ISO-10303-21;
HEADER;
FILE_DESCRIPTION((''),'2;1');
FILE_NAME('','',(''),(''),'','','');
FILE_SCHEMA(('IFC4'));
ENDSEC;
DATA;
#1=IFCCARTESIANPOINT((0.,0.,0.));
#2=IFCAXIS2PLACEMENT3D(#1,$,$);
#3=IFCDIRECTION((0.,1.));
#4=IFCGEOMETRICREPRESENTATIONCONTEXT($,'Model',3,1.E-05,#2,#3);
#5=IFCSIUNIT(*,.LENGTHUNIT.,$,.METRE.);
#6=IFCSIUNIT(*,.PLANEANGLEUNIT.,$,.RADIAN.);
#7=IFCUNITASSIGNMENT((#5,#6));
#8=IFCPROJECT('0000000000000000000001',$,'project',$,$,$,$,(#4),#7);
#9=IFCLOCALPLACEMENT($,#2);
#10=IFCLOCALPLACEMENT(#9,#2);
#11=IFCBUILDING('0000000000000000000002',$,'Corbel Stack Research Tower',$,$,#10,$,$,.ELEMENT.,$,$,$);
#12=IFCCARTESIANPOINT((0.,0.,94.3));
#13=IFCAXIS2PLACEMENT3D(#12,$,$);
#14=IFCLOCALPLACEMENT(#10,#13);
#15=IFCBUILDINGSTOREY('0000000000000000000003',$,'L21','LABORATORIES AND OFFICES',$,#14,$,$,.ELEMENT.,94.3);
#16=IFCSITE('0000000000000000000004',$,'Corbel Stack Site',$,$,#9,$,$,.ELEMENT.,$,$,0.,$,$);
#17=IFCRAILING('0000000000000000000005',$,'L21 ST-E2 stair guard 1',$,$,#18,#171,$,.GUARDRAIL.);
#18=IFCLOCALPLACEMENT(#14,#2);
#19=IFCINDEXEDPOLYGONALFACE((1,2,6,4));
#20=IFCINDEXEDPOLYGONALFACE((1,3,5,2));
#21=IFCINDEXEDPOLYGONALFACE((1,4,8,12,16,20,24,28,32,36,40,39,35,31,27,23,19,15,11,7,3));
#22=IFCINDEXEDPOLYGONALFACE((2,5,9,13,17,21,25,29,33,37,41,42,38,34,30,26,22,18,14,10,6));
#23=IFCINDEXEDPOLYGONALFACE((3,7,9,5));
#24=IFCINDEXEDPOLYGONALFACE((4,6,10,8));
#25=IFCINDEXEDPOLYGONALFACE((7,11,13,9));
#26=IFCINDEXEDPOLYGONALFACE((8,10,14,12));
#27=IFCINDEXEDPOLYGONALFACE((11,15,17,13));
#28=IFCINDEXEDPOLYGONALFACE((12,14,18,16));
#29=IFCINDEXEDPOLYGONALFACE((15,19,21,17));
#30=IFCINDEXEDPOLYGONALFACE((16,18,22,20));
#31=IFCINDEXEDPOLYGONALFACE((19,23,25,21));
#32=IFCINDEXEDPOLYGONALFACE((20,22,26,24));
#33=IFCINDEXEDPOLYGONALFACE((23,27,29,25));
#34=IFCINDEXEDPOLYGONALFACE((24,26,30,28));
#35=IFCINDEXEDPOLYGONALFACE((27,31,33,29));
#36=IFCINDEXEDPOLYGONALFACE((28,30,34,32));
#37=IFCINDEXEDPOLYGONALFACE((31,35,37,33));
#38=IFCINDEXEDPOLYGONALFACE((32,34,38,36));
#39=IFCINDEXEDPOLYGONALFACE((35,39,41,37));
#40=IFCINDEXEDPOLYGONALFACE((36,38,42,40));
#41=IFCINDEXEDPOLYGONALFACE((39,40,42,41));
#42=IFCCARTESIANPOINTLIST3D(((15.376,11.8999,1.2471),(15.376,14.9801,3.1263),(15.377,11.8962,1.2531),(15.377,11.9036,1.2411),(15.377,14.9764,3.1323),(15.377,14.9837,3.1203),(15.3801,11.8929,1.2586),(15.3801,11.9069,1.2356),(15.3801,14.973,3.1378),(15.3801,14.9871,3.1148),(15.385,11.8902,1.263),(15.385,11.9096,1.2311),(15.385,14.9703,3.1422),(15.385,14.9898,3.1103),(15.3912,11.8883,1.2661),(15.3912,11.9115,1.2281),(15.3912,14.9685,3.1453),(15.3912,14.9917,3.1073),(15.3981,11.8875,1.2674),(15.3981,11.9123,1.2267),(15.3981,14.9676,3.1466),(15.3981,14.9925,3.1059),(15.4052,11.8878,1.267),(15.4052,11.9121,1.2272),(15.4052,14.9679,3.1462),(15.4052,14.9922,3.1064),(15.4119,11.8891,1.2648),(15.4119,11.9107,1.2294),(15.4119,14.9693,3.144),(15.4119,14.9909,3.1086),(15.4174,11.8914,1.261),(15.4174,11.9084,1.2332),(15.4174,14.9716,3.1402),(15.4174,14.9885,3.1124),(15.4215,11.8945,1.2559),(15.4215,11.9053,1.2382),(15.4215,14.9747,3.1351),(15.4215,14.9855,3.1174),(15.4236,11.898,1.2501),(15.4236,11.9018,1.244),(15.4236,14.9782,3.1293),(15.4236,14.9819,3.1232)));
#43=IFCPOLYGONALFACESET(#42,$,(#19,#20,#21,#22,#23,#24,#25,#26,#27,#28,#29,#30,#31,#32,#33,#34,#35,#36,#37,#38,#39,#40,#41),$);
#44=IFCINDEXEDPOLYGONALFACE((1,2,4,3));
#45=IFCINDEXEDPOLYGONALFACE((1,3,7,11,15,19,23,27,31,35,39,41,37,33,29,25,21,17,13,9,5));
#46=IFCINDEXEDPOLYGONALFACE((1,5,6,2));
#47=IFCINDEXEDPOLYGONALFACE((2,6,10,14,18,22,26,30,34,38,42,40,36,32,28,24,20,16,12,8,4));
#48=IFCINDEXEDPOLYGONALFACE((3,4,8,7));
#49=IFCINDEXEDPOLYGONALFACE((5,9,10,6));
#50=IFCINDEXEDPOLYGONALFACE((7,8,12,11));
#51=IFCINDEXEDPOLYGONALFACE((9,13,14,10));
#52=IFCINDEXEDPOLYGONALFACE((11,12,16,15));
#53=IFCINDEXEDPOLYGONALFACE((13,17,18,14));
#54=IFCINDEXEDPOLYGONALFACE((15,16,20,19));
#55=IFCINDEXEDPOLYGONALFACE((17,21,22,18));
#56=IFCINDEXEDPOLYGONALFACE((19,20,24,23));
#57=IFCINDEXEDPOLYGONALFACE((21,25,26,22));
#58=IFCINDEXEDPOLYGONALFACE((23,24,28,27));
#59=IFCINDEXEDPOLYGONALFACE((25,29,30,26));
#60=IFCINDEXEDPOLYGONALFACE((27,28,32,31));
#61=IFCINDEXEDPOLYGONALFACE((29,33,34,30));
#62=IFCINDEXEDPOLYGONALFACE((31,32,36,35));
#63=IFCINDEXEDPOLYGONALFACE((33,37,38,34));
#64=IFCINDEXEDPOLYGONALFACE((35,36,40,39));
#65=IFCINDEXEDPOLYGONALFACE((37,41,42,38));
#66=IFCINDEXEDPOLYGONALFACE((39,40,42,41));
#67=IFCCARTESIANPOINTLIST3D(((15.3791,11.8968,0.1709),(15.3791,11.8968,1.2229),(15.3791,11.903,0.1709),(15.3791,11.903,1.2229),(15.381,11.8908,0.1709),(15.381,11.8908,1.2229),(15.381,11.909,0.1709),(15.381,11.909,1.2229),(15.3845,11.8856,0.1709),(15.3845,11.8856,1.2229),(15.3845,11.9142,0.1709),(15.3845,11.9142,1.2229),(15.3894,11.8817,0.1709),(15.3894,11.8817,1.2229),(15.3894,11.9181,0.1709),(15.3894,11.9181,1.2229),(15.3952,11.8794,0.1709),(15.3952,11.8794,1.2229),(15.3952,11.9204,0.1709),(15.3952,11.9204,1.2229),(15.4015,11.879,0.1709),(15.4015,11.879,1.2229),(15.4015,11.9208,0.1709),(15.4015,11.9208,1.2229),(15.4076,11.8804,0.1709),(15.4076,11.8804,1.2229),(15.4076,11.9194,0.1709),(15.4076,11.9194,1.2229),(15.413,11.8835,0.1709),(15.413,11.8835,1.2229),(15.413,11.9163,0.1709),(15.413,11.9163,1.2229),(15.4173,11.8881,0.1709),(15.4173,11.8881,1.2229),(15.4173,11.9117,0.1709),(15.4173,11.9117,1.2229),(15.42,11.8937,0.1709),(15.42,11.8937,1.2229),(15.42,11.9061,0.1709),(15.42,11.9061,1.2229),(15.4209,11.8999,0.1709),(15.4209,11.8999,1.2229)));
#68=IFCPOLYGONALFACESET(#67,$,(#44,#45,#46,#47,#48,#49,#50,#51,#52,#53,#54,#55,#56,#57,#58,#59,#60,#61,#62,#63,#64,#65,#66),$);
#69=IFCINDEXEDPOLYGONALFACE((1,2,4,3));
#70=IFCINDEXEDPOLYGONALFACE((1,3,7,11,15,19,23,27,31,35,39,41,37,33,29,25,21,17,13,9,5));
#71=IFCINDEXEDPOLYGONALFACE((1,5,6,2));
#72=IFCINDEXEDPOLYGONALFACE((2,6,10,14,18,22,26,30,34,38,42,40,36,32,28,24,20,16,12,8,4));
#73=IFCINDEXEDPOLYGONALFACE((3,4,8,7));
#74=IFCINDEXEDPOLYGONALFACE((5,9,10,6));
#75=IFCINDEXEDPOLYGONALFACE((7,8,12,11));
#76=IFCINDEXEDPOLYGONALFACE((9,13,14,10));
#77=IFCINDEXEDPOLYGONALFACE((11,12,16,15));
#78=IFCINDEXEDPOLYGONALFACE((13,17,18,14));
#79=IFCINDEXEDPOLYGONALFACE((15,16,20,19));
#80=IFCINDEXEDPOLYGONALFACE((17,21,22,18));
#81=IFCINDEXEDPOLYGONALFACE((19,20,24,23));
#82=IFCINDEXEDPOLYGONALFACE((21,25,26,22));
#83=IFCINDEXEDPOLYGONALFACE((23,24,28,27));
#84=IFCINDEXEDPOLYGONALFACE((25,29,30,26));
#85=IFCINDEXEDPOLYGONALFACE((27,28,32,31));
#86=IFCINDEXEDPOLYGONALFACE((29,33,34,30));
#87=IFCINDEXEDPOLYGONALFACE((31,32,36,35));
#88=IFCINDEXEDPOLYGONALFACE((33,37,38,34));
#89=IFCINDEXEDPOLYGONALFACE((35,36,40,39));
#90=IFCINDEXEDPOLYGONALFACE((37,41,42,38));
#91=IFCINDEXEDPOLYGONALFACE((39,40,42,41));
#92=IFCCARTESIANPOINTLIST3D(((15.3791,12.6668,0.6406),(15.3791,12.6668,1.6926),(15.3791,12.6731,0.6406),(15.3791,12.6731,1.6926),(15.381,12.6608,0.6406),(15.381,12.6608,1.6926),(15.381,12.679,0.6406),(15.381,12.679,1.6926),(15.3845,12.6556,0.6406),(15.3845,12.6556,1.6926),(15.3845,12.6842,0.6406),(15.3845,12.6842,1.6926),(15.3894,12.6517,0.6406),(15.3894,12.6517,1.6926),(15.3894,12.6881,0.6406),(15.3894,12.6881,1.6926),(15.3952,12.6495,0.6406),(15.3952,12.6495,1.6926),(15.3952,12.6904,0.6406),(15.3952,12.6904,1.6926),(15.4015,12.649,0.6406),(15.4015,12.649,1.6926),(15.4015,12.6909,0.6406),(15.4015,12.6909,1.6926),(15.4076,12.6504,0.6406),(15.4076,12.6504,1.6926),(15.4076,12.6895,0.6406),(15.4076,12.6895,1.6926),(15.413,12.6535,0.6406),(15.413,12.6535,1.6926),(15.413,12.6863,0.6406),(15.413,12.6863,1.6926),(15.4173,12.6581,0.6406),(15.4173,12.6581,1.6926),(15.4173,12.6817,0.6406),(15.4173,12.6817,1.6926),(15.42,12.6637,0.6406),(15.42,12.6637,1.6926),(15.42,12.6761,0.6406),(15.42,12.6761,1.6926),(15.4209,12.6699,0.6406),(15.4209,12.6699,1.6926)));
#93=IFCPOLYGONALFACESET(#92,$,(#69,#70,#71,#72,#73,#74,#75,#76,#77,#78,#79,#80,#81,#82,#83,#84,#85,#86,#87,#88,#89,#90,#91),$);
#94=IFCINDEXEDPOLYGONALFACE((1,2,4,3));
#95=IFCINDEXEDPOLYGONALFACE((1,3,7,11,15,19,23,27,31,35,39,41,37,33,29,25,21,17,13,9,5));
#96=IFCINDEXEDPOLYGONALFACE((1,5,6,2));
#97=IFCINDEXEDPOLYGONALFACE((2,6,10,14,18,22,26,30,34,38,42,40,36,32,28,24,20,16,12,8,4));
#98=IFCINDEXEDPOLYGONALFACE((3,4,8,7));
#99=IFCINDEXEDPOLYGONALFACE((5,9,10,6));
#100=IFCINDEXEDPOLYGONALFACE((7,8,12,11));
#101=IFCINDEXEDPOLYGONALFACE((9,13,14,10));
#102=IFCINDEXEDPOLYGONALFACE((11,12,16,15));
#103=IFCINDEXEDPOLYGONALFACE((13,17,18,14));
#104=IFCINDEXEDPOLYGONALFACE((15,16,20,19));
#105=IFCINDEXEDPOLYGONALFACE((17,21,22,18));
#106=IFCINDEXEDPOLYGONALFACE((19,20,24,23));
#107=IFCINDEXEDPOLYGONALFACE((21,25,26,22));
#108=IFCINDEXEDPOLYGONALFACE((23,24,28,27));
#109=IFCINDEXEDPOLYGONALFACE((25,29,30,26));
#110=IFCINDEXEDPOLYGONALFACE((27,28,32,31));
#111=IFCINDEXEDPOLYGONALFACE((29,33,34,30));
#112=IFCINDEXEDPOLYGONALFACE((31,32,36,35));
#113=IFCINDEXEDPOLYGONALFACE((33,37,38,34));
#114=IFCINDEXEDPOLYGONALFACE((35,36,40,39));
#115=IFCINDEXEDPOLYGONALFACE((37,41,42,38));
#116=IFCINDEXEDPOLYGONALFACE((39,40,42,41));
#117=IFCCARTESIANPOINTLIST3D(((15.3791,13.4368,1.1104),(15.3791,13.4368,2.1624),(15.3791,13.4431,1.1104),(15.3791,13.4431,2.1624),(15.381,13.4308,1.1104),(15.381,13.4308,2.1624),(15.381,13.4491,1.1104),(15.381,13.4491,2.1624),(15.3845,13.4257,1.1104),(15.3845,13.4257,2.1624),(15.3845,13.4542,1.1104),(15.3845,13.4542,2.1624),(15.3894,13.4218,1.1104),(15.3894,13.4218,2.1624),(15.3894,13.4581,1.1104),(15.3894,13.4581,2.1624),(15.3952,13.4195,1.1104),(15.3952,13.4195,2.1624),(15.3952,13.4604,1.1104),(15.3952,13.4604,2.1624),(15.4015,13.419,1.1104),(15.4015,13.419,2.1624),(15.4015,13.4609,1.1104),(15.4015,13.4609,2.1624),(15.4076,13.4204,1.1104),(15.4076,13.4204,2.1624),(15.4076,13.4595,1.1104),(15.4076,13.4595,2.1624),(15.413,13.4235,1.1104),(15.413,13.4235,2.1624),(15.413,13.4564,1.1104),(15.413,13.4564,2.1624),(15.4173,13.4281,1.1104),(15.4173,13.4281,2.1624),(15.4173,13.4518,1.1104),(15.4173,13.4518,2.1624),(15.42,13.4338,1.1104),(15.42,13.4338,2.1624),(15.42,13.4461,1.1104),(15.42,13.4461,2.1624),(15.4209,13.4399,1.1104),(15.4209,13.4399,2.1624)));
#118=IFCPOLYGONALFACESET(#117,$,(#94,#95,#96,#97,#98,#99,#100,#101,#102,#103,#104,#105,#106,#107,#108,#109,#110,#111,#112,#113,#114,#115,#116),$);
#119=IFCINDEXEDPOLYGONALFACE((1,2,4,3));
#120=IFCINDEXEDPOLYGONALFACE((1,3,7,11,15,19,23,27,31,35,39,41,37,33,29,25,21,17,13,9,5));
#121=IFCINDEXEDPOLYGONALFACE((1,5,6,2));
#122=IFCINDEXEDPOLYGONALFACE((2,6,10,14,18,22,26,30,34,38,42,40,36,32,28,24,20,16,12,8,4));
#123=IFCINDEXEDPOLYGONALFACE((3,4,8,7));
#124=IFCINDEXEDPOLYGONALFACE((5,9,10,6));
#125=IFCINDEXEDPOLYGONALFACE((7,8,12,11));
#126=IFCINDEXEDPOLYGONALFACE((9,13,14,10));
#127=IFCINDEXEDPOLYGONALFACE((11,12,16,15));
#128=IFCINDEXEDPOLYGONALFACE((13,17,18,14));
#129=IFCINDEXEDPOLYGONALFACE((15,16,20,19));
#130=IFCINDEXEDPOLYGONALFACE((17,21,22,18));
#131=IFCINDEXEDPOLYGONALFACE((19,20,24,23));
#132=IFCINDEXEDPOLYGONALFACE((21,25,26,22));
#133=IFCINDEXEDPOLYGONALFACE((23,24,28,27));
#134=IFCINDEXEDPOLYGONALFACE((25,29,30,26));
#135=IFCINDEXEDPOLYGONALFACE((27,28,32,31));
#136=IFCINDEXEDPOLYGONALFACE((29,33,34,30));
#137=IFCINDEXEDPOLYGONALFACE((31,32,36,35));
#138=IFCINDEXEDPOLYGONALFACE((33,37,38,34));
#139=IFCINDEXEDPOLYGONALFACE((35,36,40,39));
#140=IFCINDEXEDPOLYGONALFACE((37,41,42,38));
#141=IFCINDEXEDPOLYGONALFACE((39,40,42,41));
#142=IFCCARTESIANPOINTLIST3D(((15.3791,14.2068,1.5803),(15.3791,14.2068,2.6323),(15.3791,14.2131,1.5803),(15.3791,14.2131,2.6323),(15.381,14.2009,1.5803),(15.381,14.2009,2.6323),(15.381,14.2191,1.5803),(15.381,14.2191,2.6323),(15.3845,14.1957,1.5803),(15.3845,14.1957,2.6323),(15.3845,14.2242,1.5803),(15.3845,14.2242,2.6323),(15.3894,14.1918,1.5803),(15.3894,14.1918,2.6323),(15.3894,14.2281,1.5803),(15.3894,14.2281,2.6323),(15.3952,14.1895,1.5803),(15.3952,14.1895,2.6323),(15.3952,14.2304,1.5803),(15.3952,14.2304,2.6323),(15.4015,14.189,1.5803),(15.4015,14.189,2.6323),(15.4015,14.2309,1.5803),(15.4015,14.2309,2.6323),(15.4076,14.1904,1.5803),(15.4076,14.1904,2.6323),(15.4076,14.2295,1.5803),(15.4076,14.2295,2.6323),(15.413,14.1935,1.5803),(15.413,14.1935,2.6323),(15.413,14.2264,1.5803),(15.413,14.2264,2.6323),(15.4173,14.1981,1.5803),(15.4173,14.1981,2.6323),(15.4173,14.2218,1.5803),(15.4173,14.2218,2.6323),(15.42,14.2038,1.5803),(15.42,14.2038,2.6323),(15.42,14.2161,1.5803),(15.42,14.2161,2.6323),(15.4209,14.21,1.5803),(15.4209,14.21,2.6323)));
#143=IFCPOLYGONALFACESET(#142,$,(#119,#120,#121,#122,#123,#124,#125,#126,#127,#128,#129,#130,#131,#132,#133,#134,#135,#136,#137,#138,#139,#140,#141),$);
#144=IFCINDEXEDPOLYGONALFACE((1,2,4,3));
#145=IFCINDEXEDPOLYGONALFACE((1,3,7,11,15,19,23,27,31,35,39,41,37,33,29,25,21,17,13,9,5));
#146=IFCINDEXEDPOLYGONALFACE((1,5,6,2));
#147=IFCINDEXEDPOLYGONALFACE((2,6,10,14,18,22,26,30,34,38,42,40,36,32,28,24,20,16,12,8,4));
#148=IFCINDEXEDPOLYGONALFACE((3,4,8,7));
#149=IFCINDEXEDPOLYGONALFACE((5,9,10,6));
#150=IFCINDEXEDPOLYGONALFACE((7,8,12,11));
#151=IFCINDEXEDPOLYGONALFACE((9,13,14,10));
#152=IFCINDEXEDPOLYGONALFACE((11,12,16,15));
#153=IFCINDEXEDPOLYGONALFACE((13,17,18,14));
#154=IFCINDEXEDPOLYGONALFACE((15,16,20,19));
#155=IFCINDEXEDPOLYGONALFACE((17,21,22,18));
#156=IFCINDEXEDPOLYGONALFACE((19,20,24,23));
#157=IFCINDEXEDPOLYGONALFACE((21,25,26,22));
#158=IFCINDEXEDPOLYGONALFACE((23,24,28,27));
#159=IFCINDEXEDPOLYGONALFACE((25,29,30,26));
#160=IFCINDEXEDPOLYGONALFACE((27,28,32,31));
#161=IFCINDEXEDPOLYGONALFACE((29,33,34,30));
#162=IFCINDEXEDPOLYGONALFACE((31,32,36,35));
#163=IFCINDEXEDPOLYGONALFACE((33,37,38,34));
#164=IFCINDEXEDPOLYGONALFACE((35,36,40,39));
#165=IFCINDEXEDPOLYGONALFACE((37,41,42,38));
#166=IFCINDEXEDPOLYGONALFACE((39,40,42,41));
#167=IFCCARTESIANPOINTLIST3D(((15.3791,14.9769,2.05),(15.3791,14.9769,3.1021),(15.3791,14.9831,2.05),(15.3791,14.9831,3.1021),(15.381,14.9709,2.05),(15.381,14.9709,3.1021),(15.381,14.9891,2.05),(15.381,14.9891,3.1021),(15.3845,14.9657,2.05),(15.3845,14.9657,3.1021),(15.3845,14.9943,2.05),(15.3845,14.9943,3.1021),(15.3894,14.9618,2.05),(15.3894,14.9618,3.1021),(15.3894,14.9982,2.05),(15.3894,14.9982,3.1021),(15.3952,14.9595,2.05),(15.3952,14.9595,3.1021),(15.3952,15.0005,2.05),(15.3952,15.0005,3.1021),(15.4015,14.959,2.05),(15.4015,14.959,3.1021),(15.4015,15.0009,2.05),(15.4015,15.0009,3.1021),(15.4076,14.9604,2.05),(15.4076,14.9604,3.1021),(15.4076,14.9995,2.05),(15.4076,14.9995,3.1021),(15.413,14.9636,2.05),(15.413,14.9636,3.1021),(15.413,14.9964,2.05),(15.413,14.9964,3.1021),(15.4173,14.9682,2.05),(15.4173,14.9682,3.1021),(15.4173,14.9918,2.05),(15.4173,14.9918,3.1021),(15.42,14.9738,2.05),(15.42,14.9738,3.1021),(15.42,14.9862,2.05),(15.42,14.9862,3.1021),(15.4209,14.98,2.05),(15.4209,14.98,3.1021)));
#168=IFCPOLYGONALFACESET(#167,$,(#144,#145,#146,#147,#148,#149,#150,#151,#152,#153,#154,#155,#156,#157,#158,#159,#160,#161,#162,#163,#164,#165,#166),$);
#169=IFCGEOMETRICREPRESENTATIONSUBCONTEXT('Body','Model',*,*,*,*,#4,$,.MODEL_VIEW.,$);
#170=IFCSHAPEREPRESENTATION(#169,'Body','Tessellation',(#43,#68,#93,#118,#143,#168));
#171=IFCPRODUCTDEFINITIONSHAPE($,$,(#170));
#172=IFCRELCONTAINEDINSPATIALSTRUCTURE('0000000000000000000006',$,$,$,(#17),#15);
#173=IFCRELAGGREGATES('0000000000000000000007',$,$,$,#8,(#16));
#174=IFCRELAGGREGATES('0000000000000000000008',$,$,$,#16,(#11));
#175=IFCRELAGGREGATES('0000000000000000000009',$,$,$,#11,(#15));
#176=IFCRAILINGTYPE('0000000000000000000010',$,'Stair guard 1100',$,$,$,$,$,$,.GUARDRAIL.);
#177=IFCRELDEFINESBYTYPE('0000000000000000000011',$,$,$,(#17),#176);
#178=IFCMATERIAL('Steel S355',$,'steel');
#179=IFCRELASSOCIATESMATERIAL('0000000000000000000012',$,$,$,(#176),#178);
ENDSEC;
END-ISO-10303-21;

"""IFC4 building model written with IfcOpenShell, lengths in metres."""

from ifc_helpers import new_model, si_unit, direction, frame, origin, origin_2d, place, context, subcontext, project, spatial, circle, extrude, material, type_object, element, save


model = new_model("IFC4")

# Units and contexts
model_context = context("Model", 3, precision=1e-05, world=origin(), true_north=direction((0.0, 1.0)))
body_context = subcontext(model_context, "Body", "Model", "MODEL_VIEW")
ifc_project = project(units=[si_unit("LENGTHUNIT", "METRE"), si_unit("PLANEANGLEUNIT", "RADIAN")], contexts=[model_context])

# Site, building, storey
site_placement = place(None, origin())
site = spatial("IfcSite", under=ifc_project, at=site_placement, Name="Corbel Stack Site", CompositionType="ELEMENT", RefElevation=0.0)
building_placement = place(site_placement, origin())
building = spatial("IfcBuilding", under=site, at=building_placement, Name="Corbel Stack Research Tower", CompositionType="ELEMENT")
storey_placement = place(building_placement, frame((0.0, 0.0, 94.3)))
storey = spatial("IfcBuildingStorey", under=building, at=storey_placement, Name="L21", Description="LABORATORIES AND OFFICES", CompositionType="ELEMENT", Elevation=94.3)

# Railing
ifc_material_1 = material(Name="Steel S355", Category="steel")
railing_type_1 = type_object("IfcRailingType", Name="Stair guard 1100", PredefinedType="GUARDRAIL", material=ifc_material_1)
railing_1_placement = place(storey_placement, frame((15.3999, 11.8999, 0.1709)))
element("IfcRailing", 1, at=railing_1_placement, inside=storey, type_object=railing_type_1, Name="L21 ST-E2 stair guard 1", PredefinedType="GUARDRAIL", context=body_context, shape_type="SweptSolid", body=[
    extrude(circle(Radius=0.0239, at=origin_2d()), frame((0.0, 0.0, 1.0762), z_axis=(0.0, 0.853666, 0.52082), x_axis=(-1.0, 0.0, 0.0)), (0.0, 0.0, 1.0), 3.6082),
    extrude(circle(Radius=0.021, at=origin_2d()), origin(), (0.0, 0.0, 1.0), 1.052),
    extrude(circle(Radius=0.021, at=origin_2d()), frame((0.0, 0.77, 0.4697)), (0.0, 0.0, 1.0), 1.052),
    extrude(circle(Radius=0.021, at=origin_2d()), frame((0.0, 1.54, 0.9395)), (0.0, 0.0, 1.0), 1.052),
    extrude(circle(Radius=0.021, at=origin_2d()), frame((0.0, 2.3101, 1.4094)), (0.0, 0.0, 1.0), 1.052),
    extrude(circle(Radius=0.021, at=origin_2d()), frame((0.0, 3.0801, 1.8792)), (0.0, 0.0, 1.0), 1.052),
])

save(model, "model.ifc")
